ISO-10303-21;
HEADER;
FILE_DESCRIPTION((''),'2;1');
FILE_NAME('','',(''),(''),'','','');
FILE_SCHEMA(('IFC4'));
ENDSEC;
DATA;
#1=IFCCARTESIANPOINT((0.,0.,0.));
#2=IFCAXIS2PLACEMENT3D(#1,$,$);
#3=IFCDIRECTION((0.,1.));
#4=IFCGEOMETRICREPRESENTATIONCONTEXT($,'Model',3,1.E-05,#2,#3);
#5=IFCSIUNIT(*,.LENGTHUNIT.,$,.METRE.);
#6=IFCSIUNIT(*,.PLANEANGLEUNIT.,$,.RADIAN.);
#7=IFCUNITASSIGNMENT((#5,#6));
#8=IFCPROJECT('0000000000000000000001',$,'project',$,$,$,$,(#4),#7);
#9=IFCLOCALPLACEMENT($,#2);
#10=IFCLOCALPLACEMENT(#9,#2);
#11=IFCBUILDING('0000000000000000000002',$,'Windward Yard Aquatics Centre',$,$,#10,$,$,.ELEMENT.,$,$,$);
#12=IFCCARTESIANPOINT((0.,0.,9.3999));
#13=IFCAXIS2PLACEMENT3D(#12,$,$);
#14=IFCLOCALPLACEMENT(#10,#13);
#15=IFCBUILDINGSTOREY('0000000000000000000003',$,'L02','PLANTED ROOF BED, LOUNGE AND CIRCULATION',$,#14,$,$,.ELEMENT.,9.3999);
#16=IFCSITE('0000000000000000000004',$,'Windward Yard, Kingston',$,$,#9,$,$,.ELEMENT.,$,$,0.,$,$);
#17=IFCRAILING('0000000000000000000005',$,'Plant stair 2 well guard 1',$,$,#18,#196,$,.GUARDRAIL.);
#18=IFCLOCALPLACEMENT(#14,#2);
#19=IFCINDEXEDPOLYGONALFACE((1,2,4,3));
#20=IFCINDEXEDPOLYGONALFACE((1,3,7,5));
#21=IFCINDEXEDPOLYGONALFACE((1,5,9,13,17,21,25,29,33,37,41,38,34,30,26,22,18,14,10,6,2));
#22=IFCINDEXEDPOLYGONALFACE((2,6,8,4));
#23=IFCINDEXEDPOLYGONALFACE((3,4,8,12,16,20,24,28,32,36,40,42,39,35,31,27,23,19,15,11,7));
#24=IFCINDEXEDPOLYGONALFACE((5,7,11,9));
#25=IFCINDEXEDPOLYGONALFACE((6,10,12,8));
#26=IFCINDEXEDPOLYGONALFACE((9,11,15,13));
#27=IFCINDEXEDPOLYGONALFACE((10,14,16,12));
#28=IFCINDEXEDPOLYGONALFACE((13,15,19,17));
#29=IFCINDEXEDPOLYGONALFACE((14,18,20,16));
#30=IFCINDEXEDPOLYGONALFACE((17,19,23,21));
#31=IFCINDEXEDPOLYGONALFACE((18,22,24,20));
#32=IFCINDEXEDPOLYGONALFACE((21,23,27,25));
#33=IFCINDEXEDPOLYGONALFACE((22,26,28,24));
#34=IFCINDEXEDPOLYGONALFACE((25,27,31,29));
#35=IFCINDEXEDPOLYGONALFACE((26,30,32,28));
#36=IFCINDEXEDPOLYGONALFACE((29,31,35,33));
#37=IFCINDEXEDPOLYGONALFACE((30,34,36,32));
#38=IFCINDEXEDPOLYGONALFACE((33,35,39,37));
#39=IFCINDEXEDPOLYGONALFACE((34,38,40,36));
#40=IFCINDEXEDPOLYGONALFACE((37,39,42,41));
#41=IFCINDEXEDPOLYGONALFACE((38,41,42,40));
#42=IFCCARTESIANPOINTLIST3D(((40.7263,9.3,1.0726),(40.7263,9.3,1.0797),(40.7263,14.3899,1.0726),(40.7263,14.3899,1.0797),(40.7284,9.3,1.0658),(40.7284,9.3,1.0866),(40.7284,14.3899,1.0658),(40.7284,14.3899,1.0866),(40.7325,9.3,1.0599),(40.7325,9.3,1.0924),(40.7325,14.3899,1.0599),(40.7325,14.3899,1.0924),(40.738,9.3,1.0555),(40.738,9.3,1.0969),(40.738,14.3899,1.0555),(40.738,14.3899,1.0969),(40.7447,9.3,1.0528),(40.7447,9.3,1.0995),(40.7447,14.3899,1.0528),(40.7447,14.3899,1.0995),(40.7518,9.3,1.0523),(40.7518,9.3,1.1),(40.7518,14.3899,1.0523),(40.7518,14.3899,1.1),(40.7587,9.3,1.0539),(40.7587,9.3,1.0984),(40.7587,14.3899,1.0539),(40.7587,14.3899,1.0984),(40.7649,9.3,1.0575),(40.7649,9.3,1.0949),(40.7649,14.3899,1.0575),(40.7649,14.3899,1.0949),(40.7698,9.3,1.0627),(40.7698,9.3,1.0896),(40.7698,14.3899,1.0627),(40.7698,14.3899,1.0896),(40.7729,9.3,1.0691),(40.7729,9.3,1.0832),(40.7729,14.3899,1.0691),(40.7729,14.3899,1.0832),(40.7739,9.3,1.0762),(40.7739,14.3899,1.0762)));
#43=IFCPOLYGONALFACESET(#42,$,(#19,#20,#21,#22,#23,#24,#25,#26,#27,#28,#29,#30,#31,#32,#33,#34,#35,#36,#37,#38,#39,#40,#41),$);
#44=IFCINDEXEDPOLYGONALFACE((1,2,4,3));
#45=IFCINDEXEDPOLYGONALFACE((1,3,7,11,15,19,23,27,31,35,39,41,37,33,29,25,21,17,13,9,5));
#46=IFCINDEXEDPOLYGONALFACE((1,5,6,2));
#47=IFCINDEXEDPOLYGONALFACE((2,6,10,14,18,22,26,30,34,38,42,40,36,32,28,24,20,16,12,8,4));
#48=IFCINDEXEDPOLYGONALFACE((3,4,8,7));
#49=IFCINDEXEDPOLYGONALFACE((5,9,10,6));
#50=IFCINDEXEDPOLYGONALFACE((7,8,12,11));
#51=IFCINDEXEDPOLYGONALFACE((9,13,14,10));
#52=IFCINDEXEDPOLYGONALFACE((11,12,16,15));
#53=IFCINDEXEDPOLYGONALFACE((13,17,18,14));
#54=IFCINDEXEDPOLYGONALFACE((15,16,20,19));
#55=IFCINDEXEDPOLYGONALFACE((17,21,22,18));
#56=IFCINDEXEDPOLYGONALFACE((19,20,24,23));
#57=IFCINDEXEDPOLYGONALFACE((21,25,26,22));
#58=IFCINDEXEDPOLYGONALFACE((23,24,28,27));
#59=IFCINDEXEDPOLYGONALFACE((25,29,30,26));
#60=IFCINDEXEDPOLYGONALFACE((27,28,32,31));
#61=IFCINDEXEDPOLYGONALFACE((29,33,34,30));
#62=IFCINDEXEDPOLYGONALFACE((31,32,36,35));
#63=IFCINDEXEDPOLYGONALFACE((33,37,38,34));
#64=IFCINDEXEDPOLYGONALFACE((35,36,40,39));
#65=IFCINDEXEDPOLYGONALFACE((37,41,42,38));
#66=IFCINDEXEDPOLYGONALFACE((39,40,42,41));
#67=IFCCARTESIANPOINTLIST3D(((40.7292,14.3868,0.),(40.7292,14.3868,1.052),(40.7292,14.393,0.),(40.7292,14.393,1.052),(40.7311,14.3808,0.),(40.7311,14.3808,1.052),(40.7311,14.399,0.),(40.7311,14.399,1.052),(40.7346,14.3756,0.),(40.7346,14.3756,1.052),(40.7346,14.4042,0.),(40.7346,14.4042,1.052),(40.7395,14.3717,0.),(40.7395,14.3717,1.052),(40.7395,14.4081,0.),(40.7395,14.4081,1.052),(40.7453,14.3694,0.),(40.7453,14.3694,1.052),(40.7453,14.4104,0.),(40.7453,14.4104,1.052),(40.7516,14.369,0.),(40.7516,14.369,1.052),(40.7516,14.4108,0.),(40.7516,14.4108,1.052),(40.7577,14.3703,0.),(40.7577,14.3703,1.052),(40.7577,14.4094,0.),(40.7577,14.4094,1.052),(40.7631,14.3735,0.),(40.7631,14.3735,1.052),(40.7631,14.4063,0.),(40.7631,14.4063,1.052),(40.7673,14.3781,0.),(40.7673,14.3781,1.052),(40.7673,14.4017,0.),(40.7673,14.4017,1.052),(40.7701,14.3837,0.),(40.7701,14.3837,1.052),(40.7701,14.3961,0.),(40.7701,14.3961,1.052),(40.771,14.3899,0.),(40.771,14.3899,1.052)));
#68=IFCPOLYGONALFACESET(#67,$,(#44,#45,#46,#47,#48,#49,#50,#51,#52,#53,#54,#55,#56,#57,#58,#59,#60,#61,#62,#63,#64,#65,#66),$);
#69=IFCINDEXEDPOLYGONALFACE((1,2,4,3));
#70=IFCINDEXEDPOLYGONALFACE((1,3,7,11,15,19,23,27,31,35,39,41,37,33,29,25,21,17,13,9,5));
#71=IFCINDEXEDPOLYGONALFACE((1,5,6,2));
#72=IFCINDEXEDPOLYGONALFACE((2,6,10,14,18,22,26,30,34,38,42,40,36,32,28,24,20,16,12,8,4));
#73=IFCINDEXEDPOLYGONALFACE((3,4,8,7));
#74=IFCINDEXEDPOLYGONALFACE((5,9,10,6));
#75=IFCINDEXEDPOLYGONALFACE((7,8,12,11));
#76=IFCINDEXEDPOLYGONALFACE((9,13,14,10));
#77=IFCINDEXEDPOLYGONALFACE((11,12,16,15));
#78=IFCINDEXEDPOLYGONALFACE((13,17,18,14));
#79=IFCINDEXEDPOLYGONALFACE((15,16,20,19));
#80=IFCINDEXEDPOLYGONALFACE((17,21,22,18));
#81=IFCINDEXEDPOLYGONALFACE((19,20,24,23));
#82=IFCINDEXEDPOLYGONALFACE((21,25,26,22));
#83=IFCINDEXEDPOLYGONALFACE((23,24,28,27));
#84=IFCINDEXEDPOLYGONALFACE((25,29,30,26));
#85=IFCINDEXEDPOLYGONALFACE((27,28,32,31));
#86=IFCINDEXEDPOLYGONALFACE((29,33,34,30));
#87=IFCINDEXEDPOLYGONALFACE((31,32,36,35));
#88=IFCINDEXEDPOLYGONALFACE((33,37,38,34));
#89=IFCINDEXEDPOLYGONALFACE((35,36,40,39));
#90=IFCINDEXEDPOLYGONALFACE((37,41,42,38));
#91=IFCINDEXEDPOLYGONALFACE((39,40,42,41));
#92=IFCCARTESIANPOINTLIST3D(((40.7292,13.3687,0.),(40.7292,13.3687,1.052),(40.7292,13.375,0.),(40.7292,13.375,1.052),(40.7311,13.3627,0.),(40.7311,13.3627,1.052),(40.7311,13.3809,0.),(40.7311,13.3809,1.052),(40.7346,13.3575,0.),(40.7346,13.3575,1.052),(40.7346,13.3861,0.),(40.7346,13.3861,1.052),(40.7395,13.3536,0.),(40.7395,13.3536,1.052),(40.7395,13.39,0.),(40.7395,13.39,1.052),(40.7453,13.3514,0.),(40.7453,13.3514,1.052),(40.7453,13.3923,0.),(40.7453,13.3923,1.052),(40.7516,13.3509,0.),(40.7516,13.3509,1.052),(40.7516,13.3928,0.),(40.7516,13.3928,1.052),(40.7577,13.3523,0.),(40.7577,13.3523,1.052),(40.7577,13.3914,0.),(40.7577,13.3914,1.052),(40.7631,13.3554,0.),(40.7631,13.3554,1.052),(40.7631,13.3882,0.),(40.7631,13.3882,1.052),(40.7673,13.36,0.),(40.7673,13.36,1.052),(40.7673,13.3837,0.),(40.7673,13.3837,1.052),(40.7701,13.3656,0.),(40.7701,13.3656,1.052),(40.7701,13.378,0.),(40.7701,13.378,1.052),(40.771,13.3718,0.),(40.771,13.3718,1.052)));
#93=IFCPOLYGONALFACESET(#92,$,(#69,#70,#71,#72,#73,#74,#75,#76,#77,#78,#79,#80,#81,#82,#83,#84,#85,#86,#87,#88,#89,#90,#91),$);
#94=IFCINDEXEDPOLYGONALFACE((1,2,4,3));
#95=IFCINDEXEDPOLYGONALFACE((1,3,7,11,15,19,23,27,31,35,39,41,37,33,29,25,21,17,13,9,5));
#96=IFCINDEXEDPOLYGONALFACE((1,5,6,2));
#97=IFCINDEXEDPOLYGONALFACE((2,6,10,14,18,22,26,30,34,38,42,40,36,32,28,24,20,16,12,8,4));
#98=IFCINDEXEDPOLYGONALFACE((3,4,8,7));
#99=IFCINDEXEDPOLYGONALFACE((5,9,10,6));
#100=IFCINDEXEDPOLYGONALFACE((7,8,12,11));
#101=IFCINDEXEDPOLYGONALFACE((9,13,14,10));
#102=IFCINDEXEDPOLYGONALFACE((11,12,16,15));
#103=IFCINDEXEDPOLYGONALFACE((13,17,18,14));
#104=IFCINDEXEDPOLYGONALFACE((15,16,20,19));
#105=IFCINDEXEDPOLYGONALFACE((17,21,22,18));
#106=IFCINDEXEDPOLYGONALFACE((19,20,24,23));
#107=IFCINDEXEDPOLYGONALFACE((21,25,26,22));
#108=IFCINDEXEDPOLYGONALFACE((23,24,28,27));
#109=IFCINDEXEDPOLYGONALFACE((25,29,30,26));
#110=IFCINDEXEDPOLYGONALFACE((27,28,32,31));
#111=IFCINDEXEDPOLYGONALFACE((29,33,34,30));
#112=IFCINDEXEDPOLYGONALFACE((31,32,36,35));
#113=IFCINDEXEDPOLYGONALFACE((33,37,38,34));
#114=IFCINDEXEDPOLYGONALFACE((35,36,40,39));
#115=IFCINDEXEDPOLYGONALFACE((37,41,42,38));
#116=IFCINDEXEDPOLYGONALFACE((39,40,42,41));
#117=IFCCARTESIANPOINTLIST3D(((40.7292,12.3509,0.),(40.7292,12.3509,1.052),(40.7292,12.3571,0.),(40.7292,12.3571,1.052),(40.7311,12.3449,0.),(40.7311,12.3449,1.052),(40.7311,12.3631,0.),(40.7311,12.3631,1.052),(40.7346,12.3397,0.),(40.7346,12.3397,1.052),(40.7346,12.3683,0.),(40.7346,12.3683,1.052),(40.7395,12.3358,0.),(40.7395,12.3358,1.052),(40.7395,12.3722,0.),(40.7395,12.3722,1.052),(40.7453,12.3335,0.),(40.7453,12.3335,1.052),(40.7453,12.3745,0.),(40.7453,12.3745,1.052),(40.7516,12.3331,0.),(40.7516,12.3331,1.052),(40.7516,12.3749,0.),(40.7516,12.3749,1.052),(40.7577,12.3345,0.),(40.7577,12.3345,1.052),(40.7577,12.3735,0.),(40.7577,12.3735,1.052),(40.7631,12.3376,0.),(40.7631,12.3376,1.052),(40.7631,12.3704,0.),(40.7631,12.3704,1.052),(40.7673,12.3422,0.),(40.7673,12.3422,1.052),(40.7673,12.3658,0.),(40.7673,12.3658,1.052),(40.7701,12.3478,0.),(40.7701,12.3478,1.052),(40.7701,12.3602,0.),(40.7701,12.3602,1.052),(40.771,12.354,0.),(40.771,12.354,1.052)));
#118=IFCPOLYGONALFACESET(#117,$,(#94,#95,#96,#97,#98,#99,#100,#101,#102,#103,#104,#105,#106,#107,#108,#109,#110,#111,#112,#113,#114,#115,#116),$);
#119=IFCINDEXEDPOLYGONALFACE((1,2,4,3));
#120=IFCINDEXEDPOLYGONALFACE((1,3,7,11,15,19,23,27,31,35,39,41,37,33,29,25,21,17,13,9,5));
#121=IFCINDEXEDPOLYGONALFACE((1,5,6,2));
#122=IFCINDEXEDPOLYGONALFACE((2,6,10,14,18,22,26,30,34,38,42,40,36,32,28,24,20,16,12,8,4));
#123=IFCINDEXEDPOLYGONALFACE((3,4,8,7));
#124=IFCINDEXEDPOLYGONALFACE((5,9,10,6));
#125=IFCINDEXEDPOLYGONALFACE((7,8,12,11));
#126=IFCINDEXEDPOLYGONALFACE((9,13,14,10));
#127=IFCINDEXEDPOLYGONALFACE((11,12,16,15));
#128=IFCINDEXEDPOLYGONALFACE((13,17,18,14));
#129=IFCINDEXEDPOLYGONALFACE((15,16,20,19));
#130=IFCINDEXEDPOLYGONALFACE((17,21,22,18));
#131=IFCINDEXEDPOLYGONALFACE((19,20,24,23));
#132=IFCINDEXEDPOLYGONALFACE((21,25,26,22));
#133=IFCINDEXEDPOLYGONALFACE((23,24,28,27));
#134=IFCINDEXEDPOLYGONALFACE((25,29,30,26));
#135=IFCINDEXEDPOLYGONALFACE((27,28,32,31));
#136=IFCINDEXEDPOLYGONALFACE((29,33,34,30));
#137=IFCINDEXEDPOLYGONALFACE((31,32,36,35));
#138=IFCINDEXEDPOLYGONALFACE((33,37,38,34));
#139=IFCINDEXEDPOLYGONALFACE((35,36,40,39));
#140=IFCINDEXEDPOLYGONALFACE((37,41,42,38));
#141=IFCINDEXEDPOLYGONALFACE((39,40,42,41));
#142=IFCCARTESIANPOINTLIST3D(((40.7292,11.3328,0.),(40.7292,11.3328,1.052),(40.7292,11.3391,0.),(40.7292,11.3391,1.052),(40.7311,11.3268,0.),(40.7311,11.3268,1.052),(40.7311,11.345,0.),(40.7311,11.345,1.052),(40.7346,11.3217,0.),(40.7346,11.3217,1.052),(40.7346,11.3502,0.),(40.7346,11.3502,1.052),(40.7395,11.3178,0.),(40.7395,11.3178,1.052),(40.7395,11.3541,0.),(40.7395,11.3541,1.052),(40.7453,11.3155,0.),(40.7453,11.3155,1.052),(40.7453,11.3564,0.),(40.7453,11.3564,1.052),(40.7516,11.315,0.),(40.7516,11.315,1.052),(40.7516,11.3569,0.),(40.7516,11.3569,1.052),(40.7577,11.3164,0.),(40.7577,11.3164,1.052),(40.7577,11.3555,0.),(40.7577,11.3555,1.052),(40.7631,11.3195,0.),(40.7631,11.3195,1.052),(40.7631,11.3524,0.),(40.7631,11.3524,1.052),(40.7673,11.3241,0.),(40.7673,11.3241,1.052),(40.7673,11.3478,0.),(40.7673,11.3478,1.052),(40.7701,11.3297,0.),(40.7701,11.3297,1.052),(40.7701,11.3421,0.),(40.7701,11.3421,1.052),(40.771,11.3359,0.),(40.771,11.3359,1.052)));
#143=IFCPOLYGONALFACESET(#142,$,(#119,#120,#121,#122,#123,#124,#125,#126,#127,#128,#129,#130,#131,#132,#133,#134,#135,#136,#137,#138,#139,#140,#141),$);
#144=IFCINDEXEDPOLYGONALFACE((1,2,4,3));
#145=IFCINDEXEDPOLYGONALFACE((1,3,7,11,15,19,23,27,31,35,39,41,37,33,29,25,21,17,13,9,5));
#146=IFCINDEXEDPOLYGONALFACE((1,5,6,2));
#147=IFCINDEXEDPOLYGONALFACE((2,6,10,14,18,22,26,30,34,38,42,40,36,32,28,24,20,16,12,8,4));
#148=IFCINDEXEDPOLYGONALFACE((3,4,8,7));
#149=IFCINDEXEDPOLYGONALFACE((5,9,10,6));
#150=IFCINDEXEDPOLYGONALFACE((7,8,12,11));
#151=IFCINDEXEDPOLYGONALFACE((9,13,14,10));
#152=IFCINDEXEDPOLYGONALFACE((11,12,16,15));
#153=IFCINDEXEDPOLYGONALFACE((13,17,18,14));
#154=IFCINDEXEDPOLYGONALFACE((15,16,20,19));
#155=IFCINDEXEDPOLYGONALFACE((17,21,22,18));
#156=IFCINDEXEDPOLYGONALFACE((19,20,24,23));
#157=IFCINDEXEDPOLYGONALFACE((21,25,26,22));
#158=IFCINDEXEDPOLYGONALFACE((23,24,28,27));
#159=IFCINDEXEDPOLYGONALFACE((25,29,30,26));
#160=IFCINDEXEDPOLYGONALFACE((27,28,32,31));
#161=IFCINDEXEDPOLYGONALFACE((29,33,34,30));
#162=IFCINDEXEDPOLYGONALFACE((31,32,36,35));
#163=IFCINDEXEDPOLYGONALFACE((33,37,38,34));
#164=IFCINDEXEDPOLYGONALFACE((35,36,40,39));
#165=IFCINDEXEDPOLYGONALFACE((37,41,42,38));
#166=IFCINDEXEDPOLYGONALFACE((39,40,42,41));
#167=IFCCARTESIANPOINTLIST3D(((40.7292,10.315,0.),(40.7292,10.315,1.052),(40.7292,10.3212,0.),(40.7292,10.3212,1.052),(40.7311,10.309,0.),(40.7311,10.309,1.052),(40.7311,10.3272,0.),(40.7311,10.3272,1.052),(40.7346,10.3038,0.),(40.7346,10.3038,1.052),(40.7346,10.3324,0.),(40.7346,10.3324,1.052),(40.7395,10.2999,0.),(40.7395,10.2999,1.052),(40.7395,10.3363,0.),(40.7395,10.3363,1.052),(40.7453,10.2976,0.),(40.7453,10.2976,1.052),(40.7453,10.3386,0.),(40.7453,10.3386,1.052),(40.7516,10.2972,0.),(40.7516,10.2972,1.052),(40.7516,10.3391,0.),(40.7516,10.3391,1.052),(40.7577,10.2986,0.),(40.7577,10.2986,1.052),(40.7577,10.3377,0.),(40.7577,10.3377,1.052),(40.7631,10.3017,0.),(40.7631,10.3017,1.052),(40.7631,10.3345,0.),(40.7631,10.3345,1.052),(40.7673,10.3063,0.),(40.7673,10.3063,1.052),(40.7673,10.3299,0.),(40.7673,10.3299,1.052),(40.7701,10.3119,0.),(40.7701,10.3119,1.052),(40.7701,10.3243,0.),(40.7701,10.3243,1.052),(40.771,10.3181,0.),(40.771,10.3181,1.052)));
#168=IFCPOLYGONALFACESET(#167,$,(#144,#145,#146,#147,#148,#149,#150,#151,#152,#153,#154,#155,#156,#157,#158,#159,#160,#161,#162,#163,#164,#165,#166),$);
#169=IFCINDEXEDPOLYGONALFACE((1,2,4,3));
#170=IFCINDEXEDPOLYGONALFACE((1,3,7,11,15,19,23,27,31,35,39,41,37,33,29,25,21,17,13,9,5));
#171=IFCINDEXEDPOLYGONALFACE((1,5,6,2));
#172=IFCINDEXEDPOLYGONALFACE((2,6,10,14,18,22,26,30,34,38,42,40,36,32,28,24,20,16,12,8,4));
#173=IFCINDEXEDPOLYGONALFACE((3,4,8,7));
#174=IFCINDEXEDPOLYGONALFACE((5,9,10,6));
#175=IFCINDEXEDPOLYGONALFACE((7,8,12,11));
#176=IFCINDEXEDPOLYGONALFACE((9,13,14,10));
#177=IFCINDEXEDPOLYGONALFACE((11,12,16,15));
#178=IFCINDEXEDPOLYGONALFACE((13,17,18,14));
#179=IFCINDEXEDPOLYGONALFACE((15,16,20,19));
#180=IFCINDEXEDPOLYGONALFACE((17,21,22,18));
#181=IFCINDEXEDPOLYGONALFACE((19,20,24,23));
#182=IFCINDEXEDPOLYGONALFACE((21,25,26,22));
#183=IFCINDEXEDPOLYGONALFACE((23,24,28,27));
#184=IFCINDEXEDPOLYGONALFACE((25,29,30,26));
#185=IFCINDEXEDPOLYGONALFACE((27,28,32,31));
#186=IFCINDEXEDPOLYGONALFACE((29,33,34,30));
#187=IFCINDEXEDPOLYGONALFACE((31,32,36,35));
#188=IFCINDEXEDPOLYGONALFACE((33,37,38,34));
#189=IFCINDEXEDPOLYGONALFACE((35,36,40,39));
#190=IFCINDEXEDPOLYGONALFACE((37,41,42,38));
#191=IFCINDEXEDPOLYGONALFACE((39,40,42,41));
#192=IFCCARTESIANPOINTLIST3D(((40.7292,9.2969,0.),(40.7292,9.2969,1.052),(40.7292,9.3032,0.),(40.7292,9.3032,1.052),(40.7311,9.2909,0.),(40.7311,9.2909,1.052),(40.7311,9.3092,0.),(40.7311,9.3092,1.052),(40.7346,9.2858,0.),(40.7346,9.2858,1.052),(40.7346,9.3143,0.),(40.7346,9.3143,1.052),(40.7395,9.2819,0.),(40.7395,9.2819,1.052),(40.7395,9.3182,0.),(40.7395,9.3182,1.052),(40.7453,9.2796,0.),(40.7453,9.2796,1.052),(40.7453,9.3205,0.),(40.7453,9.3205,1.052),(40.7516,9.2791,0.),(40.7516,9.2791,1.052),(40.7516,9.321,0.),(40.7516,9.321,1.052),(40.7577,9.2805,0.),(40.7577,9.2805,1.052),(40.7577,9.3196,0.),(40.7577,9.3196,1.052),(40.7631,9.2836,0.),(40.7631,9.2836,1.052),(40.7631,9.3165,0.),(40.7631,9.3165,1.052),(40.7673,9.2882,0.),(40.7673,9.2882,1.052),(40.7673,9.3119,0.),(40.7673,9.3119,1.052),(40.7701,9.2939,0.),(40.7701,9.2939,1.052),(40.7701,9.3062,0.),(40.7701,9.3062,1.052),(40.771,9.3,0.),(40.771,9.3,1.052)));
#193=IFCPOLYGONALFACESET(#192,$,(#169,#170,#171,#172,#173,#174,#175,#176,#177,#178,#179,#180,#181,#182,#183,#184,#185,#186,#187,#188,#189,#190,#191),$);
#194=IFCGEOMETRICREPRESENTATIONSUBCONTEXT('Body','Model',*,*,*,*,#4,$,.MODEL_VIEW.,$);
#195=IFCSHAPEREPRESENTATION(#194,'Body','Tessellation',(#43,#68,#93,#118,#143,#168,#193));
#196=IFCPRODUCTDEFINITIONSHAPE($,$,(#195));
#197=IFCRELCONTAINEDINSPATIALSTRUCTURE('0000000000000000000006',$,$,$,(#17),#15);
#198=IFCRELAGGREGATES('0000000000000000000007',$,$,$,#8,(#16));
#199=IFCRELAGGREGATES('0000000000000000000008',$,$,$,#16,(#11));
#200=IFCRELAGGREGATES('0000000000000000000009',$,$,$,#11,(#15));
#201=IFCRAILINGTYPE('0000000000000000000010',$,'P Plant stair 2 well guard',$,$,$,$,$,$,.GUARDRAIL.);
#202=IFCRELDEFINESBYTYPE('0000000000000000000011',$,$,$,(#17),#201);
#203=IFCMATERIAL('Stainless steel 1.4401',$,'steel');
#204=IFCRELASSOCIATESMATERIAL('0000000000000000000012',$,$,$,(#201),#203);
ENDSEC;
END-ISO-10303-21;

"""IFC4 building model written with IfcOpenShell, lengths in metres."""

from ifc_helpers import new_model, si_unit, direction, frame, origin, origin_2d, place, context, subcontext, project, spatial, circle, extrude, material, type_object, element, save


model = new_model("IFC4")

# Units and contexts
model_context = context("Model", 3, precision=1e-05, world=origin(), true_north=direction((0.0, 1.0)))
body_context = subcontext(model_context, "Body", "Model", "MODEL_VIEW")
ifc_project = project(units=[si_unit("LENGTHUNIT", "METRE"), si_unit("PLANEANGLEUNIT", "RADIAN")], contexts=[model_context])

# Site, building, storey
site_placement = place(None, origin())
site = spatial("IfcSite", under=ifc_project, at=site_placement, Name="Windward Yard, Kingston", CompositionType="ELEMENT", RefElevation=0.0)
building_placement = place(site_placement, origin())
building = spatial("IfcBuilding", under=site, at=building_placement, Name="Windward Yard Aquatics Centre", CompositionType="ELEMENT")
storey_placement = place(building_placement, frame((0.0, 0.0, 9.3999)))
storey = spatial("IfcBuildingStorey", under=building, at=storey_placement, Name="L02", Description="PLANTED ROOF BED, LOUNGE AND CIRCULATION", CompositionType="ELEMENT", Elevation=9.3999)

# Railing
ifc_material_1 = material(Name="Stainless steel 1.4401", Category="steel")
railing_type_1 = type_object("IfcRailingType", Name="P Plant stair 2 well guard", PredefinedType="GUARDRAIL", material=ifc_material_1)
railing_1_placement = place(storey_placement, frame((40.75, 14.3899, 0.0)))
element("IfcRailing", 1, at=railing_1_placement, inside=storey, type_object=railing_type_1, Name="Plant stair 2 well guard 1", PredefinedType="GUARDRAIL", context=body_context, shape_type="SweptSolid", body=[
    extrude(circle(Radius=0.0239, at=origin_2d()), frame((0.0, 0.0, 1.0762), z_axis=(0.0, -1.0, 0.0), x_axis=(1.0, 0.0, 0.0)), (0.0, 0.0, 1.0), 5.0898),
    extrude(circle(Radius=0.021, at=origin_2d()), origin(), (0.0, 0.0, 1.0), 1.052),
    extrude(circle(Radius=0.021, at=origin_2d()), frame((0.0, -1.0181, 0.0)), (0.0, 0.0, 1.0), 1.052),
    extrude(circle(Radius=0.021, at=origin_2d()), frame((0.0, -2.0359, 0.0)), (0.0, 0.0, 1.0), 1.052),
    extrude(circle(Radius=0.021, at=origin_2d()), frame((0.0, -3.054, 0.0)), (0.0, 0.0, 1.0), 1.052),
    extrude(circle(Radius=0.021, at=origin_2d()), frame((0.0, -4.0718, 0.0)), (0.0, 0.0, 1.0), 1.052),
    extrude(circle(Radius=0.021, at=origin_2d()), frame((0.0, -5.0898, 0.0)), (0.0, 0.0, 1.0), 1.052),
])

save(model, "model.ifc")
